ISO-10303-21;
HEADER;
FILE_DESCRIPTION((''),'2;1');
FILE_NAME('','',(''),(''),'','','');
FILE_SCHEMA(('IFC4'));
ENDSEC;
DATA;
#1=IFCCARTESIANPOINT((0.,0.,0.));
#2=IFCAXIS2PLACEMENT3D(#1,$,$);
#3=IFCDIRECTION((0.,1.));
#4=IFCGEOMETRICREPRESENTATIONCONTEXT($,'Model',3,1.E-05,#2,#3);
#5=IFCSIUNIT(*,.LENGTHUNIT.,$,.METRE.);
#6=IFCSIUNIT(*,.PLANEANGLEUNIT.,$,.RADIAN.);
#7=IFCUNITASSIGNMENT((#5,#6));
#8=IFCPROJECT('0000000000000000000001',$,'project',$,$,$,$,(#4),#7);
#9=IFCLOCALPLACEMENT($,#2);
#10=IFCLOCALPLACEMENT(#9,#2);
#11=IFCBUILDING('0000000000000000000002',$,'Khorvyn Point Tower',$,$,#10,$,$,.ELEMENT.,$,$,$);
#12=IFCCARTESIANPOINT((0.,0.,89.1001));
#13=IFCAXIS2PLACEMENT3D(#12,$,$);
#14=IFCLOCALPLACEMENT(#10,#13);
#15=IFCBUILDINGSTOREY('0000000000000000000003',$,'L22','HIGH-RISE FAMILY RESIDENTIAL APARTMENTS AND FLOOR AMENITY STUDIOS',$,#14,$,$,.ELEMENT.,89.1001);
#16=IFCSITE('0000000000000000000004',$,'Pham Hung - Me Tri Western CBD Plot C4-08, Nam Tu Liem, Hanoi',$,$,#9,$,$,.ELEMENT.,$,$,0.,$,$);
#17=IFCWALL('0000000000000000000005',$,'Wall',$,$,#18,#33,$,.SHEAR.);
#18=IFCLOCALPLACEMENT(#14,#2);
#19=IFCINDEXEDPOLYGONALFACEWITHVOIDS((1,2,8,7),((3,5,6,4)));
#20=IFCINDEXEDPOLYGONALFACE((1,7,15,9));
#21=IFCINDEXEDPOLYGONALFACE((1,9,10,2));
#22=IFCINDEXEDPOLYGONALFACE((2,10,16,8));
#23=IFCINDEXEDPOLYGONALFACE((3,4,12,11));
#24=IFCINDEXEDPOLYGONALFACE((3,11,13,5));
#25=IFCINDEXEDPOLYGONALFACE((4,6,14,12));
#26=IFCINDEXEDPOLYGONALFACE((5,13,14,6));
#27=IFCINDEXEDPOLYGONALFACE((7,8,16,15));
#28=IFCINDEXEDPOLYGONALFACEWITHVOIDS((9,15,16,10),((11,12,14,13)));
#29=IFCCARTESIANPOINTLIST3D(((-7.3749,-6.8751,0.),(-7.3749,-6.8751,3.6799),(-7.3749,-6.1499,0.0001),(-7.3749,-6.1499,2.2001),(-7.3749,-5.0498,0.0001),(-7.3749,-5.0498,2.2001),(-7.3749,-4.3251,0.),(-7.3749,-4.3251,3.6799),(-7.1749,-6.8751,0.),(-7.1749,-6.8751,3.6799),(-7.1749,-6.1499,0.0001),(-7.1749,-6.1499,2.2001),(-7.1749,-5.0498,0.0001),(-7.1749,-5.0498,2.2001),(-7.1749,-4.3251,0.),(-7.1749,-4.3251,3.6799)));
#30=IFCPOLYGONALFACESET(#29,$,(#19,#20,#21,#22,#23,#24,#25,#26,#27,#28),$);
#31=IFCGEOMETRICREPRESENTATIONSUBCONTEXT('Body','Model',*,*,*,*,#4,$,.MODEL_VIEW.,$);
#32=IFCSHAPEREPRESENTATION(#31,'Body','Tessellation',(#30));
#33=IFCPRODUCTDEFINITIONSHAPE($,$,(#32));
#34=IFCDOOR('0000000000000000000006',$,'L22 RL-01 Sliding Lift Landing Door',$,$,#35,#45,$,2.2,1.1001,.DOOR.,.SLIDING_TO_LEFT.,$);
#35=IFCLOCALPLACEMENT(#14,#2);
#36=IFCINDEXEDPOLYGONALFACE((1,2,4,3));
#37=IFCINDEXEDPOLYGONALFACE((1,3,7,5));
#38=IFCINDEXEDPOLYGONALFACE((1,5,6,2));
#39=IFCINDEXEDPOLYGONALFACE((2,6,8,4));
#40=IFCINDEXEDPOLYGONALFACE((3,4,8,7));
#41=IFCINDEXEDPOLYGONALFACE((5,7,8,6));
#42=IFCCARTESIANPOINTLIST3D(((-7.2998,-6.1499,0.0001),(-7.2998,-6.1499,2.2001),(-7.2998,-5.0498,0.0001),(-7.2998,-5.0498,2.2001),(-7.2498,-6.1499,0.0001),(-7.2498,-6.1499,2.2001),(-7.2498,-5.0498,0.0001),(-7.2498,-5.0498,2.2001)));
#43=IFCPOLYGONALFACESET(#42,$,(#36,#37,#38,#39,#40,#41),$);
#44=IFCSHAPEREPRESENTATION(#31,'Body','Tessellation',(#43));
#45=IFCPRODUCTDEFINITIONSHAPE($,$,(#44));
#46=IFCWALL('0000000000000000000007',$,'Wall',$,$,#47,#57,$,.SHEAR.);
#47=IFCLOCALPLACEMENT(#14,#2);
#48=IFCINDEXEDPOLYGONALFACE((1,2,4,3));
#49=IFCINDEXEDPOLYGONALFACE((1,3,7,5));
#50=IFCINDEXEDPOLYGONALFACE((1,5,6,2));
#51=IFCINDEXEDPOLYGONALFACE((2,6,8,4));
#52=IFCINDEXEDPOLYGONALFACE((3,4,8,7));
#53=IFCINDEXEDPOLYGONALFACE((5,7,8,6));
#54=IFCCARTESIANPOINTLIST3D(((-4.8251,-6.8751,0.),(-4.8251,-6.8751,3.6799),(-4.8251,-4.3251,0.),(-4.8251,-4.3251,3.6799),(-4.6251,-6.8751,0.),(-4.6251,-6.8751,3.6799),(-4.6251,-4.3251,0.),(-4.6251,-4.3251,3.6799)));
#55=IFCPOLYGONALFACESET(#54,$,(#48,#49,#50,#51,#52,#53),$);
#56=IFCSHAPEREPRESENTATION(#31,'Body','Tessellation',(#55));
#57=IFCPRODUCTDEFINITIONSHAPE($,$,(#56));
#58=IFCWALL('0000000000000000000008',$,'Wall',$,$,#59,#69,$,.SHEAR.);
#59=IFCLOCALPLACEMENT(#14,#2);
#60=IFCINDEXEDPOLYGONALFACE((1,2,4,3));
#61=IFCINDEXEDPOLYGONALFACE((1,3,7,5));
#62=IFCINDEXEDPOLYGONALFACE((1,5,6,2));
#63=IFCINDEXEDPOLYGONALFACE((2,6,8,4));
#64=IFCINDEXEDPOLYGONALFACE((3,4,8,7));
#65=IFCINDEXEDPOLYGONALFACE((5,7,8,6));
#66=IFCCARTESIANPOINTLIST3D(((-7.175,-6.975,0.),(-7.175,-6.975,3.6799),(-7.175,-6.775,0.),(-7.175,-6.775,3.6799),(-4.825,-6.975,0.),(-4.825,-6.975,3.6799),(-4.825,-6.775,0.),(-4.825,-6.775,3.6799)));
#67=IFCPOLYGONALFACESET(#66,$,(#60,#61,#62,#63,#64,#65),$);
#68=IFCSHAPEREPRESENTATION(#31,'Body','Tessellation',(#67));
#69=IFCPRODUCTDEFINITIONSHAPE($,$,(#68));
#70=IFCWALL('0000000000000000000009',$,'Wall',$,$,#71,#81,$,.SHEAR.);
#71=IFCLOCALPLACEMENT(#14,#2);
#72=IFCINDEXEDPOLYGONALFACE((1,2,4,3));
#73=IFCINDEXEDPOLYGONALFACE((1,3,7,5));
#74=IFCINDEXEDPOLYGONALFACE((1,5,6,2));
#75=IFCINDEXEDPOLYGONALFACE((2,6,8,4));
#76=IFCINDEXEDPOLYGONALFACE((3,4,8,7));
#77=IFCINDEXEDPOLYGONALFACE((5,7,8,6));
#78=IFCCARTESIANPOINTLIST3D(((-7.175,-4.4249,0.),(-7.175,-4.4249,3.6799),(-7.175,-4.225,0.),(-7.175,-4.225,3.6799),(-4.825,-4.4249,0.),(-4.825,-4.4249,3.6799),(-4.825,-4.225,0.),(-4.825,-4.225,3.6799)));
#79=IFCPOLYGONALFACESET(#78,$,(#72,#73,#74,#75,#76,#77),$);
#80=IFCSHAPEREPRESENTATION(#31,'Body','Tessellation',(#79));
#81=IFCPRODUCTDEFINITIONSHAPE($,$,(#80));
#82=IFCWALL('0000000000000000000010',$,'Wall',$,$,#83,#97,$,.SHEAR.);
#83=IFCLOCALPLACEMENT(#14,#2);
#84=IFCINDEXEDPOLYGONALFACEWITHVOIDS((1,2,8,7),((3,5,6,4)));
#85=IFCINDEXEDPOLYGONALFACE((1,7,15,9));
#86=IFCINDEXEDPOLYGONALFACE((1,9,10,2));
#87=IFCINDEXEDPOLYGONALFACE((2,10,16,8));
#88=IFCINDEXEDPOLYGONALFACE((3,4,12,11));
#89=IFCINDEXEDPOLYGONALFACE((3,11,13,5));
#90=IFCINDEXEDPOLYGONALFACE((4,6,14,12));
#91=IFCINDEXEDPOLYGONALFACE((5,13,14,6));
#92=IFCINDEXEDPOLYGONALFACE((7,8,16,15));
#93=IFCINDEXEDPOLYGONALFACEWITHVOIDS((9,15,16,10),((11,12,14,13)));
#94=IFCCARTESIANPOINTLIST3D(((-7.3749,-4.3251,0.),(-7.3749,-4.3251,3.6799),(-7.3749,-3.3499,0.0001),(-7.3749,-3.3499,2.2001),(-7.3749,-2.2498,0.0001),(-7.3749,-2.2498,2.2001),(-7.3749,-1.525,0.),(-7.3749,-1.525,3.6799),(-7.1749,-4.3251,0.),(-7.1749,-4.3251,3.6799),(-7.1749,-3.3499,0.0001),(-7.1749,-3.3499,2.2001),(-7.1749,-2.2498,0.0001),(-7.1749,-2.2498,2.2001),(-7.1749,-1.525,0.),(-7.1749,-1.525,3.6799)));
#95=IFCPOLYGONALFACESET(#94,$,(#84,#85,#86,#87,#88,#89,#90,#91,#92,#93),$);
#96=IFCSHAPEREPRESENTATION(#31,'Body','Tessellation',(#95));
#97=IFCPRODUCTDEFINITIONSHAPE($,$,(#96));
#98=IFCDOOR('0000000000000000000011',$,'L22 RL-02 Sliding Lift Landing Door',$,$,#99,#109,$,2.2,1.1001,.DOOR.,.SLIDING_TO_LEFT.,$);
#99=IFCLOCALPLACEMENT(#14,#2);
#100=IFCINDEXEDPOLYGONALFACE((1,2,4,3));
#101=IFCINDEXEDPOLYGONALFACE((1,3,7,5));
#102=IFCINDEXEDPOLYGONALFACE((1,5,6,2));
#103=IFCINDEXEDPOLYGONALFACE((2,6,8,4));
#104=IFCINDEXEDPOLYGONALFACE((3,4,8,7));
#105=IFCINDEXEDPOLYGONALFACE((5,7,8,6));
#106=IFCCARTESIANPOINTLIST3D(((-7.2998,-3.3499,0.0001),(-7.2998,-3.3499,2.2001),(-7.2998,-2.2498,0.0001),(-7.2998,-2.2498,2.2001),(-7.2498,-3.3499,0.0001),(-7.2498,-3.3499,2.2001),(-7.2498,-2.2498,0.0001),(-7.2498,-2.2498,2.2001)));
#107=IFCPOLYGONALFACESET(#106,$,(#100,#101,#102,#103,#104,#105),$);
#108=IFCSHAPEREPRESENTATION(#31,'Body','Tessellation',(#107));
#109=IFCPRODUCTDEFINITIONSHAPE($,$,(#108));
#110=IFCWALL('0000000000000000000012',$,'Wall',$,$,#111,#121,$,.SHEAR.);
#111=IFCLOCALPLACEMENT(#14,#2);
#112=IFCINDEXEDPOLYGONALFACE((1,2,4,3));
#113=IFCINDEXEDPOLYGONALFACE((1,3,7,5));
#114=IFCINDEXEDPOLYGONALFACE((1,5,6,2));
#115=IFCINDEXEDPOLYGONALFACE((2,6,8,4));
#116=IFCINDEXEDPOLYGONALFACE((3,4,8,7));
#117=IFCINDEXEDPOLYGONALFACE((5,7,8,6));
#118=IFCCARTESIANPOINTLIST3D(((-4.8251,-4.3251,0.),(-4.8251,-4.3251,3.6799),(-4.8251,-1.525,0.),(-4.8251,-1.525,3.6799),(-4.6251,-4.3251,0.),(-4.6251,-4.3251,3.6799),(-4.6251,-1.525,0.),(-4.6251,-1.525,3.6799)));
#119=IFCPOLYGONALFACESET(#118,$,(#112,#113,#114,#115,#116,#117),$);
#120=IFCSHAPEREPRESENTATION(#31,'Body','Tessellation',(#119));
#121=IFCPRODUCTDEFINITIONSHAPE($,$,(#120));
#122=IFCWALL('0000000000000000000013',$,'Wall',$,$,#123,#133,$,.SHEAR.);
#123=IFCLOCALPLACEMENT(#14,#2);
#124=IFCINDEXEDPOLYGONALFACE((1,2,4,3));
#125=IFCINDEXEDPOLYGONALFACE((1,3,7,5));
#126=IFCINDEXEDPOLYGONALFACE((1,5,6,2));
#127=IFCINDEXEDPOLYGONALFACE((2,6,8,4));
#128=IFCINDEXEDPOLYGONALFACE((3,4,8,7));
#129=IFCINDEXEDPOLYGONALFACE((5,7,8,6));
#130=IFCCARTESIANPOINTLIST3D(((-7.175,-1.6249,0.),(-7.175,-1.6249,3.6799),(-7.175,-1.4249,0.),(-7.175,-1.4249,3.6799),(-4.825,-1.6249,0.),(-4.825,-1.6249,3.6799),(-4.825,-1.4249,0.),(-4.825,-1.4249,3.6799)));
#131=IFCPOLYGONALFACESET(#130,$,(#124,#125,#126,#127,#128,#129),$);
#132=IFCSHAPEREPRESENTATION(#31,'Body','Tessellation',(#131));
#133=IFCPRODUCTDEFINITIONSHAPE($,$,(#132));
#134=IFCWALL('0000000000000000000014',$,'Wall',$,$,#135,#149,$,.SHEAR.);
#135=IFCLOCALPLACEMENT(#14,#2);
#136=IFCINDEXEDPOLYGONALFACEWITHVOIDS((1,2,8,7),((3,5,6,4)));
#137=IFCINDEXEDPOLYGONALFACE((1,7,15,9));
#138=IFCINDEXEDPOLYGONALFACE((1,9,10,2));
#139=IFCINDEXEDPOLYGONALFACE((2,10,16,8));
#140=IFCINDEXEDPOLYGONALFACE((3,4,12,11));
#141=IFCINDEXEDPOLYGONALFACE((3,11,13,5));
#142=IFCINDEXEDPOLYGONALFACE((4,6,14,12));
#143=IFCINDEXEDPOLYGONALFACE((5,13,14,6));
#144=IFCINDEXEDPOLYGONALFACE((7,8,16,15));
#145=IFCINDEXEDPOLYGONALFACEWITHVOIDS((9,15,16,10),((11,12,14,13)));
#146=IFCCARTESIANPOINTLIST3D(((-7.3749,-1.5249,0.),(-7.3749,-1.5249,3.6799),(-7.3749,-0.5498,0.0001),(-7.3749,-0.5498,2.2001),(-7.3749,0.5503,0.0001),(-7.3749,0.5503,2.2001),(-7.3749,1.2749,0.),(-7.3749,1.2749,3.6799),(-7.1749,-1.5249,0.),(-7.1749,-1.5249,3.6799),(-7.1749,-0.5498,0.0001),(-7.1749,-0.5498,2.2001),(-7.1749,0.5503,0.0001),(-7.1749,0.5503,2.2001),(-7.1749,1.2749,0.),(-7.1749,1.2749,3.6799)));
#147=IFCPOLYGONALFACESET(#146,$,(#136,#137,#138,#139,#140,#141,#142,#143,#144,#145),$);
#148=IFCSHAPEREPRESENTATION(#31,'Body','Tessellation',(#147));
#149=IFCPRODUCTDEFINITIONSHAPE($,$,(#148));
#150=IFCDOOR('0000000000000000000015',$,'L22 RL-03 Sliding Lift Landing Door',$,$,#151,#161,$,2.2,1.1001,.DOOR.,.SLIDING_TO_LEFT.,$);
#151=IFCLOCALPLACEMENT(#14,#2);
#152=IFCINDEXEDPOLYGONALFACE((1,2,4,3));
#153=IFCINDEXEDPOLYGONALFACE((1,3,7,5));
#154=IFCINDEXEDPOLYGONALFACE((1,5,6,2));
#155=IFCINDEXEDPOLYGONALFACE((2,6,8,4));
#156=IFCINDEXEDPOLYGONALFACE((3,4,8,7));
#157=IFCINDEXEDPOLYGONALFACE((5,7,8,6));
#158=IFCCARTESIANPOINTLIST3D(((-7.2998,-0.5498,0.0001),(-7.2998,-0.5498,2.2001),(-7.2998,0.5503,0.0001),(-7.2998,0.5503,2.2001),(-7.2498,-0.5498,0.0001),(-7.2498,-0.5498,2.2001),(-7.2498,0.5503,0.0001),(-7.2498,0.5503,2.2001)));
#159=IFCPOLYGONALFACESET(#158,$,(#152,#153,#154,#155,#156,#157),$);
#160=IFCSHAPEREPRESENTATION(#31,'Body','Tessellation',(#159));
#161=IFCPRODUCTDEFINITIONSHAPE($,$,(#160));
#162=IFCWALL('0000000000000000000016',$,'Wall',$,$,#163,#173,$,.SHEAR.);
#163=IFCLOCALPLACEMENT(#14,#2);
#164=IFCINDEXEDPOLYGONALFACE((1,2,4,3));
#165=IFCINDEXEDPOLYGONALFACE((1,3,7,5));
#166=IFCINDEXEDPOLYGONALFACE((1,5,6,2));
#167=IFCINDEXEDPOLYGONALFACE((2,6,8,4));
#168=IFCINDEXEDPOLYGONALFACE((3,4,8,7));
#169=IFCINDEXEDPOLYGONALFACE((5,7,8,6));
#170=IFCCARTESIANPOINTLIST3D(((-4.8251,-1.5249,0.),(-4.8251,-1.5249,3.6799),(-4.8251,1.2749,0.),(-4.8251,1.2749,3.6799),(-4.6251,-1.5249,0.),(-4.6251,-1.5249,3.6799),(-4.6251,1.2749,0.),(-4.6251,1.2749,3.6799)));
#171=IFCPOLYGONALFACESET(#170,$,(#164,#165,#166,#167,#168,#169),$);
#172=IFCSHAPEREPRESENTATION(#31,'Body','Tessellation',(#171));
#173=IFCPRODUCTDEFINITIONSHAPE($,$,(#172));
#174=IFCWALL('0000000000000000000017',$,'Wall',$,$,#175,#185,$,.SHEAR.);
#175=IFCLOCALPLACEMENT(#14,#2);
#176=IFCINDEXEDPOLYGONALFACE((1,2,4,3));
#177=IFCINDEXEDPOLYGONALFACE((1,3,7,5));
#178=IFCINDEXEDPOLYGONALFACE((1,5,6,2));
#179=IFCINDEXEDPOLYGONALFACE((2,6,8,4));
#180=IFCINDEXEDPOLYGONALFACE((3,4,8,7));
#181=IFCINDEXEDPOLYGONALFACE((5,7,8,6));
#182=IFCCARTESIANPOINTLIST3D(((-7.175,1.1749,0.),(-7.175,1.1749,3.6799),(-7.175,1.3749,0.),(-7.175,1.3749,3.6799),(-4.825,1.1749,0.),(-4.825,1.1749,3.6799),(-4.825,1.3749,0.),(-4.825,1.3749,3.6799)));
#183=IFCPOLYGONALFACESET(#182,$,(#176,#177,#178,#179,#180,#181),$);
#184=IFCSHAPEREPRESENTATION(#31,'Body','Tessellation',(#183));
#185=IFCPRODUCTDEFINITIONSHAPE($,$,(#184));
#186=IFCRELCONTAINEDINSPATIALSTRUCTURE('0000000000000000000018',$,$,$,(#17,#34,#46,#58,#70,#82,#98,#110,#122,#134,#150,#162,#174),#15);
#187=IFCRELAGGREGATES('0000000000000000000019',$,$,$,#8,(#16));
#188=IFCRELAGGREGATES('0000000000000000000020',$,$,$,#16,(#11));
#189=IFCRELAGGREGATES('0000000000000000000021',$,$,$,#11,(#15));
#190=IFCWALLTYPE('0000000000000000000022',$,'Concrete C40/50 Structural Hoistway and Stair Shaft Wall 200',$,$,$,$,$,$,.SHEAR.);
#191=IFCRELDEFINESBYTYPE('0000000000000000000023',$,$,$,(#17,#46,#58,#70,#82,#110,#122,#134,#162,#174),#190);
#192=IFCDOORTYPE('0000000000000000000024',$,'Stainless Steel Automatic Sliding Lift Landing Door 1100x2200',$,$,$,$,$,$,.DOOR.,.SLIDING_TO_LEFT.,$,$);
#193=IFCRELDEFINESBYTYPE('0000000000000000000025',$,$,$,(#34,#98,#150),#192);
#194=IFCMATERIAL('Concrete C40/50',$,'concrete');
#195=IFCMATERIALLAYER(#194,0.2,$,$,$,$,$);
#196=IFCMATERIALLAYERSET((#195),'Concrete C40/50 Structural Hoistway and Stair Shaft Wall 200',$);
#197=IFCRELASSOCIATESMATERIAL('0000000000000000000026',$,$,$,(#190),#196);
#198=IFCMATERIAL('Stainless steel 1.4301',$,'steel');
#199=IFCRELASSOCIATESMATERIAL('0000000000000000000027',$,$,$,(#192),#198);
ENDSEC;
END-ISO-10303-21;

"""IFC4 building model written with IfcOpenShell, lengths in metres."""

from ifc_helpers import new_model, si_unit, direction, frame, frame_2d, origin, place, context, subcontext, project, spatial, rectangle, extrude, material, layer, layer_set, type_object, element, fill, save


model = new_model("IFC4")

# Units and contexts
model_context = context("Model", 3, precision=1e-05, world=origin(), true_north=direction((0.0, 1.0)))
body_context = subcontext(model_context, "Body", "Model", "MODEL_VIEW")
ifc_project = project(units=[si_unit("LENGTHUNIT", "METRE"), si_unit("PLANEANGLEUNIT", "RADIAN")], contexts=[model_context])

# Site, building, storey
site_placement = place(None, origin())
site = spatial("IfcSite", under=ifc_project, at=site_placement, Name="Pham Hung - Me Tri Western CBD Plot C4-08, Nam Tu Liem, Hanoi", CompositionType="ELEMENT", RefElevation=0.0)
building_placement = place(site_placement, origin())
building = spatial("IfcBuilding", under=site, at=building_placement, Name="Khorvyn Point Tower", CompositionType="ELEMENT")
storey_placement = place(building_placement, frame((0.0, 0.0, 89.1001)))
storey = spatial("IfcBuildingStorey", under=building, at=storey_placement, Name="L22", Description="HIGH-RISE FAMILY RESIDENTIAL APARTMENTS AND FLOOR AMENITY STUDIOS", CompositionType="ELEMENT", Elevation=89.1001)

# Shared definitions
ifc_material_1 = material(Name="Concrete C40/50", Category="concrete")

# Wall, opening, door
ifc_layer_1 = layer(ifc_material_1, 0.2)
ifc_layer_set_1 = layer_set([ifc_layer_1], Name="Concrete C40/50 Structural Hoistway and Stair Shaft Wall 200")
wall_type_1 = type_object("IfcWallType", Name="Concrete C40/50 Structural Hoistway and Stair Shaft Wall 200", PredefinedType="SHEAR", material=ifc_layer_set_1)
wall_1_placement = place(storey_placement, frame((-7.2749, -6.875, 0.0), z_axis=(0.0, 0.0, 1.0), x_axis=(0.0, 1.0, 0.0)))
wall_1 = element("IfcWall", 1, at=wall_1_placement, inside=storey, type_object=wall_type_1, Name="Wall", PredefinedType="SHEAR", context=body_context, shape_type="SweptSolid", body=[
    extrude(rectangle(XDim=2.55, YDim=0.2, at=frame_2d((1.2749, 0.0))), origin(), (0.0, 0.0, 1.0), 3.6799),
])
opening_1_placement = place(wall_1_placement, frame((0.7251, 0.0, 0.0)))
opening_1 = element("IfcOpeningElement", 2, at=opening_1_placement, cuts=wall_1, PredefinedType="OPENING", context=body_context, shape_type="SweptSolid", body=[
    extrude(rectangle(XDim=1.1001, YDim=2.2, at=frame_2d((0.55, 1.1001))), frame((0.0, 0.1099, 0.0), z_axis=(0.0, -1.0, 0.0), x_axis=(1.0, 0.0, 0.0)), (0.0, 0.0, 1.0), 0.22),
])
ifc_material_2 = material(Name="Stainless steel 1.4301", Category="steel")
door_type_1 = type_object("IfcDoorType", Name="Stainless Steel Automatic Sliding Lift Landing Door 1100x2200", OperationType="SLIDING_TO_LEFT", PredefinedType="DOOR", material=ifc_material_2)
door_1_placement = place(opening_1_placement, origin())
door_1 = element("IfcDoor", 3, at=door_1_placement, inside=storey, type_object=door_type_1, Name="L22 RL-01 Sliding Lift Landing Door", OperationType="SLIDING_TO_LEFT", OverallHeight=2.2, OverallWidth=1.1001, PredefinedType="DOOR", context=body_context, shape_type="SweptSolid", body=[
    extrude(rectangle(XDim=1.1001, YDim=2.2, at=frame_2d((0.55, 1.1001))), frame((0.0, 0.0249, 0.0), z_axis=(0.0, -1.0, 0.0), x_axis=(1.0, 0.0, 0.0)), (0.0, 0.0, 1.0), 0.05),
])
fill(opening_1, door_1)

# Walls
wall_2_placement = place(storey_placement, frame((-4.7251, -6.875, 0.0), z_axis=(0.0, 0.0, 1.0), x_axis=(0.0, 1.0, 0.0)))
element("IfcWall", 4, at=wall_2_placement, inside=storey, type_object=wall_type_1, Name="Wall", PredefinedType="SHEAR", context=body_context, shape_type="SweptSolid", body=[
    extrude(rectangle(XDim=2.55, YDim=0.2, at=frame_2d((1.2749, 0.0))), origin(), (0.0, 0.0, 1.0), 3.6799),
])
for number, where, z_axis, x_axis, name in (
    (5, (-7.175, -6.875, 0.0), (0.0, 0.0, 1.0), (1.0, 0.0, 0.0), "Wall"),
    (6, (-7.175, -4.325, 0.0), (0.0, 0.0, 1.0), (1.0, 0.0, 0.0), "Wall"),
):
    element("IfcWall", number, at=place(storey_placement, frame(where, z_axis=z_axis, x_axis=x_axis)), inside=storey, type_object=wall_type_1, Name=name, PredefinedType="SHEAR", context=body_context, shape_type="SweptSolid", body=[
        extrude(rectangle(XDim=2.3501, YDim=0.2, at=frame_2d((1.175, 0.0))), origin(), (0.0, 0.0, 1.0), 3.6799),
    ])

# Wall, opening, door
wall_3_placement = place(storey_placement, frame((-7.2749, -4.325, 0.0), z_axis=(0.0, 0.0, 1.0), x_axis=(0.0, 1.0, 0.0)))
wall_3 = element("IfcWall", 7, at=wall_3_placement, inside=storey, type_object=wall_type_1, Name="Wall", PredefinedType="SHEAR", context=body_context, shape_type="SweptSolid", body=[
    extrude(rectangle(XDim=2.8, YDim=0.2, at=frame_2d((1.3999, 0.0))), origin(), (0.0, 0.0, 1.0), 3.6799),
])
opening_2_placement = place(wall_3_placement, frame((0.9751, 0.0, 0.0)))
opening_2 = element("IfcOpeningElement", 8, at=opening_2_placement, cuts=wall_3, PredefinedType="OPENING", context=body_context, shape_type="SweptSolid", body=[
    extrude(rectangle(XDim=1.1001, YDim=2.2, at=frame_2d((0.55, 1.1001))), frame((0.0, 0.1099, 0.0), z_axis=(0.0, -1.0, 0.0), x_axis=(1.0, 0.0, 0.0)), (0.0, 0.0, 1.0), 0.22),
])
door_2_placement = place(opening_2_placement, origin())
door_2 = element("IfcDoor", 9, at=door_2_placement, inside=storey, type_object=door_type_1, Name="L22 RL-02 Sliding Lift Landing Door", OperationType="SLIDING_TO_LEFT", OverallHeight=2.2, OverallWidth=1.1001, PredefinedType="DOOR", context=body_context, shape_type="SweptSolid", body=[
    extrude(rectangle(XDim=1.1001, YDim=2.2, at=frame_2d((0.55, 1.1001))), frame((0.0, 0.0249, 0.0), z_axis=(0.0, -1.0, 0.0), x_axis=(1.0, 0.0, 0.0)), (0.0, 0.0, 1.0), 0.05),
])
fill(opening_2, door_2)

# Walls
wall_4_placement = place(storey_placement, frame((-4.7251, -4.325, 0.0), z_axis=(0.0, 0.0, 1.0), x_axis=(0.0, 1.0, 0.0)))
element("IfcWall", 10, at=wall_4_placement, inside=storey, type_object=wall_type_1, Name="Wall", PredefinedType="SHEAR", context=body_context, shape_type="SweptSolid", body=[
    extrude(rectangle(XDim=2.8, YDim=0.2, at=frame_2d((1.3999, 0.0))), origin(), (0.0, 0.0, 1.0), 3.6799),
])
wall_5_placement = place(storey_placement, frame((-7.175, -1.5249, 0.0), z_axis=(0.0, 0.0, 1.0), x_axis=(1.0, 0.0, 0.0)))
element("IfcWall", 11, at=wall_5_placement, inside=storey, type_object=wall_type_1, Name="Wall", PredefinedType="SHEAR", context=body_context, shape_type="SweptSolid", body=[
    extrude(rectangle(XDim=2.3501, YDim=0.2, at=frame_2d((1.175, 0.0))), origin(), (0.0, 0.0, 1.0), 3.6799),
])

# Wall, opening, door
wall_6_placement = place(storey_placement, frame((-7.2749, -1.5249, 0.0), z_axis=(0.0, 0.0, 1.0), x_axis=(0.0, 1.0, 0.0)))
wall_6 = element("IfcWall", 12, at=wall_6_placement, inside=storey, type_object=wall_type_1, Name="Wall", PredefinedType="SHEAR", context=body_context, shape_type="SweptSolid", body=[
    extrude(rectangle(XDim=2.7998, YDim=0.2, at=frame_2d((1.3999, 0.0))), origin(), (0.0, 0.0, 1.0), 3.6799),
])
opening_3_placement = place(wall_6_placement, frame((0.9751, 0.0, 0.0)))
opening_3 = element("IfcOpeningElement", 13, at=opening_3_placement, cuts=wall_6, PredefinedType="OPENING", context=body_context, shape_type="SweptSolid", body=[
    extrude(rectangle(XDim=1.1001, YDim=2.2, at=frame_2d((0.55, 1.1001))), frame((0.0, 0.1099, 0.0), z_axis=(0.0, -1.0, 0.0), x_axis=(1.0, 0.0, 0.0)), (0.0, 0.0, 1.0), 0.22),
])
door_3_placement = place(opening_3_placement, origin())
door_3 = element("IfcDoor", 14, at=door_3_placement, inside=storey, type_object=door_type_1, Name="L22 RL-03 Sliding Lift Landing Door", OperationType="SLIDING_TO_LEFT", OverallHeight=2.2, OverallWidth=1.1001, PredefinedType="DOOR", context=body_context, shape_type="SweptSolid", body=[
    extrude(rectangle(XDim=1.1001, YDim=2.2, at=frame_2d((0.55, 1.1001))), frame((0.0, 0.0249, 0.0), z_axis=(0.0, -1.0, 0.0), x_axis=(1.0, 0.0, 0.0)), (0.0, 0.0, 1.0), 0.05),
])
fill(opening_3, door_3)

# Walls
wall_7_placement = place(storey_placement, frame((-4.7251, -1.5249, 0.0), z_axis=(0.0, 0.0, 1.0), x_axis=(0.0, 1.0, 0.0)))
element("IfcWall", 15, at=wall_7_placement, inside=storey, type_object=wall_type_1, Name="Wall", PredefinedType="SHEAR", context=body_context, shape_type="SweptSolid", body=[
    extrude(rectangle(XDim=2.7998, YDim=0.2, at=frame_2d((1.3999, 0.0))), origin(), (0.0, 0.0, 1.0), 3.6799),
])
wall_8_placement = place(storey_placement, frame((-7.175, 1.2749, 0.0), z_axis=(0.0, 0.0, 1.0), x_axis=(1.0, 0.0, 0.0)))
element("IfcWall", 16, at=wall_8_placement, inside=storey, type_object=wall_type_1, Name="Wall", PredefinedType="SHEAR", context=body_context, shape_type="SweptSolid", body=[
    extrude(rectangle(XDim=2.3501, YDim=0.2, at=frame_2d((1.175, 0.0))), origin(), (0.0, 0.0, 1.0), 3.6799),
])

save(model, "model.ifc")
